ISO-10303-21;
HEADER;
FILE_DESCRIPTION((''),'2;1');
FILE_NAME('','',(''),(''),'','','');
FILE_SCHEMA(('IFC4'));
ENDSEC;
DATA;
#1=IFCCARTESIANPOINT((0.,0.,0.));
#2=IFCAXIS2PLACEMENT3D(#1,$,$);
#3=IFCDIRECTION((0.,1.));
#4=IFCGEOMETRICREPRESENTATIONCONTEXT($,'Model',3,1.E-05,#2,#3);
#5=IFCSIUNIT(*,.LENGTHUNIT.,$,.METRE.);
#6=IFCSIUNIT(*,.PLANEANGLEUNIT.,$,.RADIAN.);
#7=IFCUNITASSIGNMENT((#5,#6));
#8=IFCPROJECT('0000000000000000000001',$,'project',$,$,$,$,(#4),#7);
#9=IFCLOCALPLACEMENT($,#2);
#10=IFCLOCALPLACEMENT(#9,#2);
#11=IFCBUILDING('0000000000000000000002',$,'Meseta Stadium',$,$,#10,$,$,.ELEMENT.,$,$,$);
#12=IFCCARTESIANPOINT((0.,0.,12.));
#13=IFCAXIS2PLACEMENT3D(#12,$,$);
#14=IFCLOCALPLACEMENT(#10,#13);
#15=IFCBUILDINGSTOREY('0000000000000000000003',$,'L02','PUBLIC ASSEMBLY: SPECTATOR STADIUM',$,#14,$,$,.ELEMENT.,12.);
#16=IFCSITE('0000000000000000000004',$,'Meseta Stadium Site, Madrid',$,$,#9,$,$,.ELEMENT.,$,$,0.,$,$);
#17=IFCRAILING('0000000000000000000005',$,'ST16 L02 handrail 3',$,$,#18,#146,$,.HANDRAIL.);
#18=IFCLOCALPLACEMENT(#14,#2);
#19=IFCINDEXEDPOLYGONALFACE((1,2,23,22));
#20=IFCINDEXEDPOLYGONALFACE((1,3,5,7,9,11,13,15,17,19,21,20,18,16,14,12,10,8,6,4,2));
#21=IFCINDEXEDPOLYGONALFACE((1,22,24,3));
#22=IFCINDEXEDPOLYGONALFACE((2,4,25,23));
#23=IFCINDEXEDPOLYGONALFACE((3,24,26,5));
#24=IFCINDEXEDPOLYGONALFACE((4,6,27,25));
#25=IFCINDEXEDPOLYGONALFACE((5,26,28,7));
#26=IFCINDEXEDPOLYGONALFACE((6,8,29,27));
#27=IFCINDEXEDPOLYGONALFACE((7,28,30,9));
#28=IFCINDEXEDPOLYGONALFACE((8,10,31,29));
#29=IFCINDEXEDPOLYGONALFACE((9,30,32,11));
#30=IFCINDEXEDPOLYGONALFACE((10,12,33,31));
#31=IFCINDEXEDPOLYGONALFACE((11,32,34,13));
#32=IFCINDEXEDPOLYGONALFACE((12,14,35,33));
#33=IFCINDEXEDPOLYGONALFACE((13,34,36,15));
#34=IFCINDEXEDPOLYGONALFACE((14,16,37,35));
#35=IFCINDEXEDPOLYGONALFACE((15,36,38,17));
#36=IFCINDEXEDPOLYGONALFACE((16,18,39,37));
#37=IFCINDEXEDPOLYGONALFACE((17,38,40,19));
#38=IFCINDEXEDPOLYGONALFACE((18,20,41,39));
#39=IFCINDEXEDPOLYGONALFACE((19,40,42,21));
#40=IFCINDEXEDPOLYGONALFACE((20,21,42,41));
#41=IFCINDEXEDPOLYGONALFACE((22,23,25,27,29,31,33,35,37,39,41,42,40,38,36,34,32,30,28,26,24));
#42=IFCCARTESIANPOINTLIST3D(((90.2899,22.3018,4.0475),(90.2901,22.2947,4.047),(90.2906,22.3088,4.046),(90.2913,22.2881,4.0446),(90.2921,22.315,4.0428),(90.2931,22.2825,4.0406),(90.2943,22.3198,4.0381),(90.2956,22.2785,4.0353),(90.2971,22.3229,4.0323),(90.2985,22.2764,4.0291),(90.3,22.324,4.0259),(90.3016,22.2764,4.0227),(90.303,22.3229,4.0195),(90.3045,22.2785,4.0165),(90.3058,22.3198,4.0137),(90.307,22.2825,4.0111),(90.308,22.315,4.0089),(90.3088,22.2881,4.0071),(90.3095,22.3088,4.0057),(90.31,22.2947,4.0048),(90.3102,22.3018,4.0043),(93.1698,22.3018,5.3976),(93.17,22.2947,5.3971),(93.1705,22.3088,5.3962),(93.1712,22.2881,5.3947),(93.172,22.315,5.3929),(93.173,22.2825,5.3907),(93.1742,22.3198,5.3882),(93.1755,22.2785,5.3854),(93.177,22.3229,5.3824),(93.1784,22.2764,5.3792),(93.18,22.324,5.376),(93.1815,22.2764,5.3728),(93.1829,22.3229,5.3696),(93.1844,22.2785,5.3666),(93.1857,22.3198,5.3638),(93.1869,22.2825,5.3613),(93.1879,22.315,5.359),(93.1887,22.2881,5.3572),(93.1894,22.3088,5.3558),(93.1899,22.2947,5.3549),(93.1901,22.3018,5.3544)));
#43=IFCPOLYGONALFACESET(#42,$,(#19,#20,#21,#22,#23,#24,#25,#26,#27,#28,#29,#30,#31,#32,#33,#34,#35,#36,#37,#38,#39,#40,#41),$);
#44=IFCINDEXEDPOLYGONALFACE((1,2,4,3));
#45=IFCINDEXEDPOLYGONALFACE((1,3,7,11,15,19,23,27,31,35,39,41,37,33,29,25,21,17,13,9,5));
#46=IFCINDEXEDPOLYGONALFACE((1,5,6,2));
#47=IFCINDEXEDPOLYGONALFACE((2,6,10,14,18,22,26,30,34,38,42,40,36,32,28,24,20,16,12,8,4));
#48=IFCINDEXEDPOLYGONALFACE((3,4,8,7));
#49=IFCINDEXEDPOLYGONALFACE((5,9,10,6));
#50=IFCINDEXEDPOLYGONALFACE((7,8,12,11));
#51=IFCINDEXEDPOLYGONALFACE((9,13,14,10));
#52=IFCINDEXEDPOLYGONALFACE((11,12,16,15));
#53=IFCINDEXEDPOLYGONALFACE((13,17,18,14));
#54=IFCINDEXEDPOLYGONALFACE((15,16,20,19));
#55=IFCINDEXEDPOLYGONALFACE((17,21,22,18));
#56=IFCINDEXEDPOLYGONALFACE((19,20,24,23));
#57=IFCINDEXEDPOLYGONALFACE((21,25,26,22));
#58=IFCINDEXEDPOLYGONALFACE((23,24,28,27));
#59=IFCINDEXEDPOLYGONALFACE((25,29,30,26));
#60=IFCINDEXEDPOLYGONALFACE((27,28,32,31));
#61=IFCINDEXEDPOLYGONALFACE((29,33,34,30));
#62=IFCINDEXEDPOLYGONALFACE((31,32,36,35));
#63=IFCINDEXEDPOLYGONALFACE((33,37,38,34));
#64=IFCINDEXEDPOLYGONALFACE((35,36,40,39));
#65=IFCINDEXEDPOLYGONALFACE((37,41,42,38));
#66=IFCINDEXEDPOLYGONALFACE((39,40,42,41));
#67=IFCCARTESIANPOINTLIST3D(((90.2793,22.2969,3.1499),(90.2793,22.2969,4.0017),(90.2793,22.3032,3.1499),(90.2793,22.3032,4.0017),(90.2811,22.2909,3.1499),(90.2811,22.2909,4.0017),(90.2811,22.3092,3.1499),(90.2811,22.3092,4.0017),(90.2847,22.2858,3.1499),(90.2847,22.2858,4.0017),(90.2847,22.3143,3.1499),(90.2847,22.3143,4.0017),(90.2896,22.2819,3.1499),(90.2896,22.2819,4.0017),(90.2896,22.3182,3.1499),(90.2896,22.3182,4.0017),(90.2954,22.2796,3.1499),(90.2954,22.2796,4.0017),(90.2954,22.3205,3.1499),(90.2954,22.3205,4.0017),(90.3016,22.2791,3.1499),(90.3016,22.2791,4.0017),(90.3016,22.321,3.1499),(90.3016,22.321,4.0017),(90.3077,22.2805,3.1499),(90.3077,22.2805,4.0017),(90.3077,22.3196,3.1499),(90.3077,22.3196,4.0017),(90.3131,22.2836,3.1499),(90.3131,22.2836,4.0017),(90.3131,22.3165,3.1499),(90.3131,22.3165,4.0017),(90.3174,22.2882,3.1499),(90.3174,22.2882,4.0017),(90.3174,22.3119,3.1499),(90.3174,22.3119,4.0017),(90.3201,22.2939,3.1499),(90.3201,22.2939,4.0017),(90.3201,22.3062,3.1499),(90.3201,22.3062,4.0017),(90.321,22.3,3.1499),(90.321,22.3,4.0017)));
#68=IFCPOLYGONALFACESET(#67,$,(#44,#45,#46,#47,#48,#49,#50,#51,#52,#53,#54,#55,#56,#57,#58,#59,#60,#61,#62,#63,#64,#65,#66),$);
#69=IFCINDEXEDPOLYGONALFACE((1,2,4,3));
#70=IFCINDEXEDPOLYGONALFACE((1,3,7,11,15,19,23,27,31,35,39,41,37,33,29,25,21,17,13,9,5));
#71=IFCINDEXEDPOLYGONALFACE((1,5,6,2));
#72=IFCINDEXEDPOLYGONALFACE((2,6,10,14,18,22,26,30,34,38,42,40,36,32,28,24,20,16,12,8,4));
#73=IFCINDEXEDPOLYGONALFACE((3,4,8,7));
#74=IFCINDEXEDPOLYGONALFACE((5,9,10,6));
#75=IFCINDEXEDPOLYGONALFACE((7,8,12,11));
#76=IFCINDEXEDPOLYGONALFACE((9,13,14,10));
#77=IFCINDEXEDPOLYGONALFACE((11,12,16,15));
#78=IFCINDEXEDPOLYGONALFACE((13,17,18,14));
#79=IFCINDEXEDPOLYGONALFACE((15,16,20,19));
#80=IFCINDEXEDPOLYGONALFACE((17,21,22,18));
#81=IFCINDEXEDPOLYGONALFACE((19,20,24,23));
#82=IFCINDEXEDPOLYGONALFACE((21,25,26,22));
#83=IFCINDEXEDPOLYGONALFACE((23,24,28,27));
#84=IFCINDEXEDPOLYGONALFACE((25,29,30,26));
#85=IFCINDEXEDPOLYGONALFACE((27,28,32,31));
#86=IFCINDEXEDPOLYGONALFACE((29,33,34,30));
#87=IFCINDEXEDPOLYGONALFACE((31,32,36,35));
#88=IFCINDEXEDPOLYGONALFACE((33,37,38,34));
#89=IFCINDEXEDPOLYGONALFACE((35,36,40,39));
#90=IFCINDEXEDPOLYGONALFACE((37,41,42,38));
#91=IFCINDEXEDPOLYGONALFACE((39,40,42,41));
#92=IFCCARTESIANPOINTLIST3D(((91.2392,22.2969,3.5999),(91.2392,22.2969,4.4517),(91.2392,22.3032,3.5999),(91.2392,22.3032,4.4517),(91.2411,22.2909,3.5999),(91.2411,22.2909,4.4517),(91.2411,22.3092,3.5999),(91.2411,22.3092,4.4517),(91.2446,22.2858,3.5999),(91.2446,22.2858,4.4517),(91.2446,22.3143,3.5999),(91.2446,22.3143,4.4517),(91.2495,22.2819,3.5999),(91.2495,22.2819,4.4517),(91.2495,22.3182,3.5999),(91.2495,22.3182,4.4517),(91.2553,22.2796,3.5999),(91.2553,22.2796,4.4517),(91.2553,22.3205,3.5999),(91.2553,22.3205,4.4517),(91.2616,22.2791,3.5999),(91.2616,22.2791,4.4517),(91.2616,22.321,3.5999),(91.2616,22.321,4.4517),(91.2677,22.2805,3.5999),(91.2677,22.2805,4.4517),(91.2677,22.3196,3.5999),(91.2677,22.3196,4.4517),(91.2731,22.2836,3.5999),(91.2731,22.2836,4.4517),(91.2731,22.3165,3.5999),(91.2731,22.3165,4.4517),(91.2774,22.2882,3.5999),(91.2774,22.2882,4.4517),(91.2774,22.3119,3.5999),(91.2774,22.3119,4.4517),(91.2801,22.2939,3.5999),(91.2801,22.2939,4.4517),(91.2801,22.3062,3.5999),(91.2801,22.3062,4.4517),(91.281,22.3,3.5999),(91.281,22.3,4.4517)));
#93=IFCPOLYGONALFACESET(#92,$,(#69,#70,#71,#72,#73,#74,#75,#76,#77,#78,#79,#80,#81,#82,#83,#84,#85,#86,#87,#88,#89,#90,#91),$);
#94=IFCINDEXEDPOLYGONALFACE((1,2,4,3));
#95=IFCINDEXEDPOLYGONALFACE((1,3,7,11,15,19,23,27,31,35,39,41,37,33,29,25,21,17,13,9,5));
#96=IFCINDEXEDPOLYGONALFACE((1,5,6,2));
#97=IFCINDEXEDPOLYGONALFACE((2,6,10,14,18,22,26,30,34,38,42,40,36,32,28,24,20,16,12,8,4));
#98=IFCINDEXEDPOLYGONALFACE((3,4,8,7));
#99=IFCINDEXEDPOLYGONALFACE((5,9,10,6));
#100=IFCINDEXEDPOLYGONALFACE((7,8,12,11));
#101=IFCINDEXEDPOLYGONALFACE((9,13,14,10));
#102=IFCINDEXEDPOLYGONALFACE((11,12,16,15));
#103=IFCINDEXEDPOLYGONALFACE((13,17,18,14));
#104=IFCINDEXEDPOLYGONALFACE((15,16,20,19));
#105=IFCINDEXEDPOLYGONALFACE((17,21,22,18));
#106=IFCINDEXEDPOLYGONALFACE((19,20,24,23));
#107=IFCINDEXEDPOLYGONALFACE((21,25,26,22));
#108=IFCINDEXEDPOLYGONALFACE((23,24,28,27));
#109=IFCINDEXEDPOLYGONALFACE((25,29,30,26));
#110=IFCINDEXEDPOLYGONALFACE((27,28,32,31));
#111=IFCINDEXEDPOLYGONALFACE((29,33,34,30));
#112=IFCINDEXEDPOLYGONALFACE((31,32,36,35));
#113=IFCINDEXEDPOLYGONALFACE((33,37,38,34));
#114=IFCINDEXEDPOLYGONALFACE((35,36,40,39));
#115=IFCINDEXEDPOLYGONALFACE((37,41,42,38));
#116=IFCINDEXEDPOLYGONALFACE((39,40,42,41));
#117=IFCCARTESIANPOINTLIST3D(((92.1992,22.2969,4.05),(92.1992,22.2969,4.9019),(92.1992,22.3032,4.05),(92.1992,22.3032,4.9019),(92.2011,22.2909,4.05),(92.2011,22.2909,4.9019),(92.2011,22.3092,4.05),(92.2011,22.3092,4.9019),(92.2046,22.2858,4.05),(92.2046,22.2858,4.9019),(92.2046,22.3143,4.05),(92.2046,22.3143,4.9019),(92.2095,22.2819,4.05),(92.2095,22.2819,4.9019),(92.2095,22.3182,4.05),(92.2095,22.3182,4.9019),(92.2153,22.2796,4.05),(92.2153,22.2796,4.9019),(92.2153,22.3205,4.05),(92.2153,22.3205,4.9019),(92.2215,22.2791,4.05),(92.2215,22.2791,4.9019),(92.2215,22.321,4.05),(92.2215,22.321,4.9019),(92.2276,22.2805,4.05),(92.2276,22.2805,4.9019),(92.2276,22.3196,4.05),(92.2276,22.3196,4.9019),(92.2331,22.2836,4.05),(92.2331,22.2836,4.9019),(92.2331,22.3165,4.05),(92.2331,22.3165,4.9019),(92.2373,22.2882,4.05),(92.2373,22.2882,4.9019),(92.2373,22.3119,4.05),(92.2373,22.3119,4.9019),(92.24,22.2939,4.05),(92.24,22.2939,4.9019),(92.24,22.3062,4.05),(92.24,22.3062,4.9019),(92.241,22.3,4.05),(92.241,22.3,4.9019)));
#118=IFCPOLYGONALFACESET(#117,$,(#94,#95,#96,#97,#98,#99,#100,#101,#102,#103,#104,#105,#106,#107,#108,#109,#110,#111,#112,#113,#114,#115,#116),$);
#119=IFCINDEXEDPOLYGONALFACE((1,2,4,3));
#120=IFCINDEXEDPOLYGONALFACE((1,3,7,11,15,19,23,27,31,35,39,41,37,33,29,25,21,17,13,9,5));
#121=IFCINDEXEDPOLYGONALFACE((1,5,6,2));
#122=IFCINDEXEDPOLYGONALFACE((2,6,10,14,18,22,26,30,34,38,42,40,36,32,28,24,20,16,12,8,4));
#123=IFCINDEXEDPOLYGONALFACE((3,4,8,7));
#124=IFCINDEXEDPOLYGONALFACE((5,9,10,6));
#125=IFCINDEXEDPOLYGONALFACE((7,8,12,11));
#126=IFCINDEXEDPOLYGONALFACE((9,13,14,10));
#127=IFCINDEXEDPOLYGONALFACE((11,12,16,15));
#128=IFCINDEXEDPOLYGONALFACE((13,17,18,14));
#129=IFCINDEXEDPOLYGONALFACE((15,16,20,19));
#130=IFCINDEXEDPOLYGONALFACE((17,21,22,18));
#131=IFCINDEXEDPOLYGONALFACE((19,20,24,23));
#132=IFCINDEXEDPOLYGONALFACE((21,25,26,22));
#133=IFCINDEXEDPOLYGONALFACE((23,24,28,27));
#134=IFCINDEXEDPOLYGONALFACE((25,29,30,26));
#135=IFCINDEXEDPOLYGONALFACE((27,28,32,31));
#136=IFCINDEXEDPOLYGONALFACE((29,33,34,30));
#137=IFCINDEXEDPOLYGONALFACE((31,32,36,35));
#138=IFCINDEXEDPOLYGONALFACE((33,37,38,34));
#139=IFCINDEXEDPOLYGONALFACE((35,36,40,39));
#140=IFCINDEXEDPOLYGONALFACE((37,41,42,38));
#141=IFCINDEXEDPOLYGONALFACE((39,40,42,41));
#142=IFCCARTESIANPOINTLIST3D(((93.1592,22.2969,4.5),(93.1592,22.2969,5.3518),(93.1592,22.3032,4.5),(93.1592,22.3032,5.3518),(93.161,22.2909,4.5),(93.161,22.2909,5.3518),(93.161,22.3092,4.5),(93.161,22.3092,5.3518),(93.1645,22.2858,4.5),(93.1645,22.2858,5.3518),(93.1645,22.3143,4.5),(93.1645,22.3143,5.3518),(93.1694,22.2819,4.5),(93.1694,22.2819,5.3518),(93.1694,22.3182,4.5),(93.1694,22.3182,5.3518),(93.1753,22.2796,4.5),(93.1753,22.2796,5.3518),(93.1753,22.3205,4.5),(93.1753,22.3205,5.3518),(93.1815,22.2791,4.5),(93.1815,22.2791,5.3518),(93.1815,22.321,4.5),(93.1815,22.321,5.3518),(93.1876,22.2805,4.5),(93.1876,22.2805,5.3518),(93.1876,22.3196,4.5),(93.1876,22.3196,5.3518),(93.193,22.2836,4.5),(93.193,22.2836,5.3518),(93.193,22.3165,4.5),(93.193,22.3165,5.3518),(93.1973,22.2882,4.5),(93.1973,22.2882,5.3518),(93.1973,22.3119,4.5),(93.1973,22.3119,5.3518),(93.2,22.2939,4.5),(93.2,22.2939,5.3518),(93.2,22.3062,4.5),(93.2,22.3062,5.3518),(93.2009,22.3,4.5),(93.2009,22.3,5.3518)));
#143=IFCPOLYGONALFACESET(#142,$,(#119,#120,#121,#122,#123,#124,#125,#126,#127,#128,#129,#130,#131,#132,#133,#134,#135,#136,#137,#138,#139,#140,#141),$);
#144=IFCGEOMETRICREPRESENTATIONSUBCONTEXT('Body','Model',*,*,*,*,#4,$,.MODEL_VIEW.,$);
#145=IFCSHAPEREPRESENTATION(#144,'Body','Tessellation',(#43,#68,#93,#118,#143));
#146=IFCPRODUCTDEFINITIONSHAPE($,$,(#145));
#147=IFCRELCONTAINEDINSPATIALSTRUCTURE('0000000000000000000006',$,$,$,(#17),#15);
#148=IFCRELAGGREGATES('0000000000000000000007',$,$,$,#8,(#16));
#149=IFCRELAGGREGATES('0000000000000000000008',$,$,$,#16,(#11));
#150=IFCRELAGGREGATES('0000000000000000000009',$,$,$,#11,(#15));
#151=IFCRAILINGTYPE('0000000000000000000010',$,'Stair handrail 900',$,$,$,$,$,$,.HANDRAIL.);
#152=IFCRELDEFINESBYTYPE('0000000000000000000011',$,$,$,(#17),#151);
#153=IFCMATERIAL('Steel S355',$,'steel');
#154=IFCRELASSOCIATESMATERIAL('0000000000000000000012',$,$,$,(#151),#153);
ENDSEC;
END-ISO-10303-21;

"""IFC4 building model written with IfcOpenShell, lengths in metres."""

from ifc_helpers import new_model, si_unit, direction, frame, origin, origin_2d, place, context, subcontext, project, spatial, circle, extrude, material, type_object, element, save


model = new_model("IFC4")

# Units and contexts
model_context = context("Model", 3, precision=1e-05, world=origin(), true_north=direction((0.0, 1.0)))
body_context = subcontext(model_context, "Body", "Model", "MODEL_VIEW")
ifc_project = project(units=[si_unit("LENGTHUNIT", "METRE"), si_unit("PLANEANGLEUNIT", "RADIAN")], contexts=[model_context])

# Site, building, storey
site_placement = place(None, origin())
site = spatial("IfcSite", under=ifc_project, at=site_placement, Name="Meseta Stadium Site, Madrid", CompositionType="ELEMENT", RefElevation=0.0)
building_placement = place(site_placement, origin())
building = spatial("IfcBuilding", under=site, at=building_placement, Name="Meseta Stadium", CompositionType="ELEMENT")
storey_placement = place(building_placement, frame((0.0, 0.0, 12.0)))
storey = spatial("IfcBuildingStorey", under=building, at=storey_placement, Name="L02", Description="PUBLIC ASSEMBLY: SPECTATOR STADIUM", CompositionType="ELEMENT", Elevation=12.0)

# Railing
ifc_material_1 = material(Name="Steel S355", Category="steel")
railing_type_1 = type_object("IfcRailingType", Name="Stair handrail 900", PredefinedType="HANDRAIL", material=ifc_material_1)
for number, where, name in (
    (1, (90.3, 22.3, 3.1499), "ST16 L02 handrail 3"),
):
    element("IfcRailing", number, at=place(storey_placement, frame(where)), inside=storey, type_object=railing_type_1, Name=name, PredefinedType="HANDRAIL", context=body_context, shape_type="SweptSolid", body=[
        extrude(circle(Radius=0.0239, at=origin_2d()), frame((0.0, 0.0, 0.876), z_axis=(0.90544, 0.0, 0.424473), x_axis=(0.0, 1.0, 0.0)), (0.0, 0.0, 1.0), 3.1807),
        extrude(circle(Radius=0.021, at=origin_2d()), origin(), (0.0, 0.0, 1.0), 0.8518),
        extrude(circle(Radius=0.021, at=origin_2d()), frame((0.96, 0.0, 0.45)), (0.0, 0.0, 1.0), 0.8518),
        extrude(circle(Radius=0.021, at=origin_2d()), frame((1.9199, 0.0, 0.9001)), (0.0, 0.0, 1.0), 0.8518),
        extrude(circle(Radius=0.021, at=origin_2d()), frame((2.8799, 0.0, 1.3501)), (0.0, 0.0, 1.0), 0.8518),
    ])

save(model, "model.ifc")
